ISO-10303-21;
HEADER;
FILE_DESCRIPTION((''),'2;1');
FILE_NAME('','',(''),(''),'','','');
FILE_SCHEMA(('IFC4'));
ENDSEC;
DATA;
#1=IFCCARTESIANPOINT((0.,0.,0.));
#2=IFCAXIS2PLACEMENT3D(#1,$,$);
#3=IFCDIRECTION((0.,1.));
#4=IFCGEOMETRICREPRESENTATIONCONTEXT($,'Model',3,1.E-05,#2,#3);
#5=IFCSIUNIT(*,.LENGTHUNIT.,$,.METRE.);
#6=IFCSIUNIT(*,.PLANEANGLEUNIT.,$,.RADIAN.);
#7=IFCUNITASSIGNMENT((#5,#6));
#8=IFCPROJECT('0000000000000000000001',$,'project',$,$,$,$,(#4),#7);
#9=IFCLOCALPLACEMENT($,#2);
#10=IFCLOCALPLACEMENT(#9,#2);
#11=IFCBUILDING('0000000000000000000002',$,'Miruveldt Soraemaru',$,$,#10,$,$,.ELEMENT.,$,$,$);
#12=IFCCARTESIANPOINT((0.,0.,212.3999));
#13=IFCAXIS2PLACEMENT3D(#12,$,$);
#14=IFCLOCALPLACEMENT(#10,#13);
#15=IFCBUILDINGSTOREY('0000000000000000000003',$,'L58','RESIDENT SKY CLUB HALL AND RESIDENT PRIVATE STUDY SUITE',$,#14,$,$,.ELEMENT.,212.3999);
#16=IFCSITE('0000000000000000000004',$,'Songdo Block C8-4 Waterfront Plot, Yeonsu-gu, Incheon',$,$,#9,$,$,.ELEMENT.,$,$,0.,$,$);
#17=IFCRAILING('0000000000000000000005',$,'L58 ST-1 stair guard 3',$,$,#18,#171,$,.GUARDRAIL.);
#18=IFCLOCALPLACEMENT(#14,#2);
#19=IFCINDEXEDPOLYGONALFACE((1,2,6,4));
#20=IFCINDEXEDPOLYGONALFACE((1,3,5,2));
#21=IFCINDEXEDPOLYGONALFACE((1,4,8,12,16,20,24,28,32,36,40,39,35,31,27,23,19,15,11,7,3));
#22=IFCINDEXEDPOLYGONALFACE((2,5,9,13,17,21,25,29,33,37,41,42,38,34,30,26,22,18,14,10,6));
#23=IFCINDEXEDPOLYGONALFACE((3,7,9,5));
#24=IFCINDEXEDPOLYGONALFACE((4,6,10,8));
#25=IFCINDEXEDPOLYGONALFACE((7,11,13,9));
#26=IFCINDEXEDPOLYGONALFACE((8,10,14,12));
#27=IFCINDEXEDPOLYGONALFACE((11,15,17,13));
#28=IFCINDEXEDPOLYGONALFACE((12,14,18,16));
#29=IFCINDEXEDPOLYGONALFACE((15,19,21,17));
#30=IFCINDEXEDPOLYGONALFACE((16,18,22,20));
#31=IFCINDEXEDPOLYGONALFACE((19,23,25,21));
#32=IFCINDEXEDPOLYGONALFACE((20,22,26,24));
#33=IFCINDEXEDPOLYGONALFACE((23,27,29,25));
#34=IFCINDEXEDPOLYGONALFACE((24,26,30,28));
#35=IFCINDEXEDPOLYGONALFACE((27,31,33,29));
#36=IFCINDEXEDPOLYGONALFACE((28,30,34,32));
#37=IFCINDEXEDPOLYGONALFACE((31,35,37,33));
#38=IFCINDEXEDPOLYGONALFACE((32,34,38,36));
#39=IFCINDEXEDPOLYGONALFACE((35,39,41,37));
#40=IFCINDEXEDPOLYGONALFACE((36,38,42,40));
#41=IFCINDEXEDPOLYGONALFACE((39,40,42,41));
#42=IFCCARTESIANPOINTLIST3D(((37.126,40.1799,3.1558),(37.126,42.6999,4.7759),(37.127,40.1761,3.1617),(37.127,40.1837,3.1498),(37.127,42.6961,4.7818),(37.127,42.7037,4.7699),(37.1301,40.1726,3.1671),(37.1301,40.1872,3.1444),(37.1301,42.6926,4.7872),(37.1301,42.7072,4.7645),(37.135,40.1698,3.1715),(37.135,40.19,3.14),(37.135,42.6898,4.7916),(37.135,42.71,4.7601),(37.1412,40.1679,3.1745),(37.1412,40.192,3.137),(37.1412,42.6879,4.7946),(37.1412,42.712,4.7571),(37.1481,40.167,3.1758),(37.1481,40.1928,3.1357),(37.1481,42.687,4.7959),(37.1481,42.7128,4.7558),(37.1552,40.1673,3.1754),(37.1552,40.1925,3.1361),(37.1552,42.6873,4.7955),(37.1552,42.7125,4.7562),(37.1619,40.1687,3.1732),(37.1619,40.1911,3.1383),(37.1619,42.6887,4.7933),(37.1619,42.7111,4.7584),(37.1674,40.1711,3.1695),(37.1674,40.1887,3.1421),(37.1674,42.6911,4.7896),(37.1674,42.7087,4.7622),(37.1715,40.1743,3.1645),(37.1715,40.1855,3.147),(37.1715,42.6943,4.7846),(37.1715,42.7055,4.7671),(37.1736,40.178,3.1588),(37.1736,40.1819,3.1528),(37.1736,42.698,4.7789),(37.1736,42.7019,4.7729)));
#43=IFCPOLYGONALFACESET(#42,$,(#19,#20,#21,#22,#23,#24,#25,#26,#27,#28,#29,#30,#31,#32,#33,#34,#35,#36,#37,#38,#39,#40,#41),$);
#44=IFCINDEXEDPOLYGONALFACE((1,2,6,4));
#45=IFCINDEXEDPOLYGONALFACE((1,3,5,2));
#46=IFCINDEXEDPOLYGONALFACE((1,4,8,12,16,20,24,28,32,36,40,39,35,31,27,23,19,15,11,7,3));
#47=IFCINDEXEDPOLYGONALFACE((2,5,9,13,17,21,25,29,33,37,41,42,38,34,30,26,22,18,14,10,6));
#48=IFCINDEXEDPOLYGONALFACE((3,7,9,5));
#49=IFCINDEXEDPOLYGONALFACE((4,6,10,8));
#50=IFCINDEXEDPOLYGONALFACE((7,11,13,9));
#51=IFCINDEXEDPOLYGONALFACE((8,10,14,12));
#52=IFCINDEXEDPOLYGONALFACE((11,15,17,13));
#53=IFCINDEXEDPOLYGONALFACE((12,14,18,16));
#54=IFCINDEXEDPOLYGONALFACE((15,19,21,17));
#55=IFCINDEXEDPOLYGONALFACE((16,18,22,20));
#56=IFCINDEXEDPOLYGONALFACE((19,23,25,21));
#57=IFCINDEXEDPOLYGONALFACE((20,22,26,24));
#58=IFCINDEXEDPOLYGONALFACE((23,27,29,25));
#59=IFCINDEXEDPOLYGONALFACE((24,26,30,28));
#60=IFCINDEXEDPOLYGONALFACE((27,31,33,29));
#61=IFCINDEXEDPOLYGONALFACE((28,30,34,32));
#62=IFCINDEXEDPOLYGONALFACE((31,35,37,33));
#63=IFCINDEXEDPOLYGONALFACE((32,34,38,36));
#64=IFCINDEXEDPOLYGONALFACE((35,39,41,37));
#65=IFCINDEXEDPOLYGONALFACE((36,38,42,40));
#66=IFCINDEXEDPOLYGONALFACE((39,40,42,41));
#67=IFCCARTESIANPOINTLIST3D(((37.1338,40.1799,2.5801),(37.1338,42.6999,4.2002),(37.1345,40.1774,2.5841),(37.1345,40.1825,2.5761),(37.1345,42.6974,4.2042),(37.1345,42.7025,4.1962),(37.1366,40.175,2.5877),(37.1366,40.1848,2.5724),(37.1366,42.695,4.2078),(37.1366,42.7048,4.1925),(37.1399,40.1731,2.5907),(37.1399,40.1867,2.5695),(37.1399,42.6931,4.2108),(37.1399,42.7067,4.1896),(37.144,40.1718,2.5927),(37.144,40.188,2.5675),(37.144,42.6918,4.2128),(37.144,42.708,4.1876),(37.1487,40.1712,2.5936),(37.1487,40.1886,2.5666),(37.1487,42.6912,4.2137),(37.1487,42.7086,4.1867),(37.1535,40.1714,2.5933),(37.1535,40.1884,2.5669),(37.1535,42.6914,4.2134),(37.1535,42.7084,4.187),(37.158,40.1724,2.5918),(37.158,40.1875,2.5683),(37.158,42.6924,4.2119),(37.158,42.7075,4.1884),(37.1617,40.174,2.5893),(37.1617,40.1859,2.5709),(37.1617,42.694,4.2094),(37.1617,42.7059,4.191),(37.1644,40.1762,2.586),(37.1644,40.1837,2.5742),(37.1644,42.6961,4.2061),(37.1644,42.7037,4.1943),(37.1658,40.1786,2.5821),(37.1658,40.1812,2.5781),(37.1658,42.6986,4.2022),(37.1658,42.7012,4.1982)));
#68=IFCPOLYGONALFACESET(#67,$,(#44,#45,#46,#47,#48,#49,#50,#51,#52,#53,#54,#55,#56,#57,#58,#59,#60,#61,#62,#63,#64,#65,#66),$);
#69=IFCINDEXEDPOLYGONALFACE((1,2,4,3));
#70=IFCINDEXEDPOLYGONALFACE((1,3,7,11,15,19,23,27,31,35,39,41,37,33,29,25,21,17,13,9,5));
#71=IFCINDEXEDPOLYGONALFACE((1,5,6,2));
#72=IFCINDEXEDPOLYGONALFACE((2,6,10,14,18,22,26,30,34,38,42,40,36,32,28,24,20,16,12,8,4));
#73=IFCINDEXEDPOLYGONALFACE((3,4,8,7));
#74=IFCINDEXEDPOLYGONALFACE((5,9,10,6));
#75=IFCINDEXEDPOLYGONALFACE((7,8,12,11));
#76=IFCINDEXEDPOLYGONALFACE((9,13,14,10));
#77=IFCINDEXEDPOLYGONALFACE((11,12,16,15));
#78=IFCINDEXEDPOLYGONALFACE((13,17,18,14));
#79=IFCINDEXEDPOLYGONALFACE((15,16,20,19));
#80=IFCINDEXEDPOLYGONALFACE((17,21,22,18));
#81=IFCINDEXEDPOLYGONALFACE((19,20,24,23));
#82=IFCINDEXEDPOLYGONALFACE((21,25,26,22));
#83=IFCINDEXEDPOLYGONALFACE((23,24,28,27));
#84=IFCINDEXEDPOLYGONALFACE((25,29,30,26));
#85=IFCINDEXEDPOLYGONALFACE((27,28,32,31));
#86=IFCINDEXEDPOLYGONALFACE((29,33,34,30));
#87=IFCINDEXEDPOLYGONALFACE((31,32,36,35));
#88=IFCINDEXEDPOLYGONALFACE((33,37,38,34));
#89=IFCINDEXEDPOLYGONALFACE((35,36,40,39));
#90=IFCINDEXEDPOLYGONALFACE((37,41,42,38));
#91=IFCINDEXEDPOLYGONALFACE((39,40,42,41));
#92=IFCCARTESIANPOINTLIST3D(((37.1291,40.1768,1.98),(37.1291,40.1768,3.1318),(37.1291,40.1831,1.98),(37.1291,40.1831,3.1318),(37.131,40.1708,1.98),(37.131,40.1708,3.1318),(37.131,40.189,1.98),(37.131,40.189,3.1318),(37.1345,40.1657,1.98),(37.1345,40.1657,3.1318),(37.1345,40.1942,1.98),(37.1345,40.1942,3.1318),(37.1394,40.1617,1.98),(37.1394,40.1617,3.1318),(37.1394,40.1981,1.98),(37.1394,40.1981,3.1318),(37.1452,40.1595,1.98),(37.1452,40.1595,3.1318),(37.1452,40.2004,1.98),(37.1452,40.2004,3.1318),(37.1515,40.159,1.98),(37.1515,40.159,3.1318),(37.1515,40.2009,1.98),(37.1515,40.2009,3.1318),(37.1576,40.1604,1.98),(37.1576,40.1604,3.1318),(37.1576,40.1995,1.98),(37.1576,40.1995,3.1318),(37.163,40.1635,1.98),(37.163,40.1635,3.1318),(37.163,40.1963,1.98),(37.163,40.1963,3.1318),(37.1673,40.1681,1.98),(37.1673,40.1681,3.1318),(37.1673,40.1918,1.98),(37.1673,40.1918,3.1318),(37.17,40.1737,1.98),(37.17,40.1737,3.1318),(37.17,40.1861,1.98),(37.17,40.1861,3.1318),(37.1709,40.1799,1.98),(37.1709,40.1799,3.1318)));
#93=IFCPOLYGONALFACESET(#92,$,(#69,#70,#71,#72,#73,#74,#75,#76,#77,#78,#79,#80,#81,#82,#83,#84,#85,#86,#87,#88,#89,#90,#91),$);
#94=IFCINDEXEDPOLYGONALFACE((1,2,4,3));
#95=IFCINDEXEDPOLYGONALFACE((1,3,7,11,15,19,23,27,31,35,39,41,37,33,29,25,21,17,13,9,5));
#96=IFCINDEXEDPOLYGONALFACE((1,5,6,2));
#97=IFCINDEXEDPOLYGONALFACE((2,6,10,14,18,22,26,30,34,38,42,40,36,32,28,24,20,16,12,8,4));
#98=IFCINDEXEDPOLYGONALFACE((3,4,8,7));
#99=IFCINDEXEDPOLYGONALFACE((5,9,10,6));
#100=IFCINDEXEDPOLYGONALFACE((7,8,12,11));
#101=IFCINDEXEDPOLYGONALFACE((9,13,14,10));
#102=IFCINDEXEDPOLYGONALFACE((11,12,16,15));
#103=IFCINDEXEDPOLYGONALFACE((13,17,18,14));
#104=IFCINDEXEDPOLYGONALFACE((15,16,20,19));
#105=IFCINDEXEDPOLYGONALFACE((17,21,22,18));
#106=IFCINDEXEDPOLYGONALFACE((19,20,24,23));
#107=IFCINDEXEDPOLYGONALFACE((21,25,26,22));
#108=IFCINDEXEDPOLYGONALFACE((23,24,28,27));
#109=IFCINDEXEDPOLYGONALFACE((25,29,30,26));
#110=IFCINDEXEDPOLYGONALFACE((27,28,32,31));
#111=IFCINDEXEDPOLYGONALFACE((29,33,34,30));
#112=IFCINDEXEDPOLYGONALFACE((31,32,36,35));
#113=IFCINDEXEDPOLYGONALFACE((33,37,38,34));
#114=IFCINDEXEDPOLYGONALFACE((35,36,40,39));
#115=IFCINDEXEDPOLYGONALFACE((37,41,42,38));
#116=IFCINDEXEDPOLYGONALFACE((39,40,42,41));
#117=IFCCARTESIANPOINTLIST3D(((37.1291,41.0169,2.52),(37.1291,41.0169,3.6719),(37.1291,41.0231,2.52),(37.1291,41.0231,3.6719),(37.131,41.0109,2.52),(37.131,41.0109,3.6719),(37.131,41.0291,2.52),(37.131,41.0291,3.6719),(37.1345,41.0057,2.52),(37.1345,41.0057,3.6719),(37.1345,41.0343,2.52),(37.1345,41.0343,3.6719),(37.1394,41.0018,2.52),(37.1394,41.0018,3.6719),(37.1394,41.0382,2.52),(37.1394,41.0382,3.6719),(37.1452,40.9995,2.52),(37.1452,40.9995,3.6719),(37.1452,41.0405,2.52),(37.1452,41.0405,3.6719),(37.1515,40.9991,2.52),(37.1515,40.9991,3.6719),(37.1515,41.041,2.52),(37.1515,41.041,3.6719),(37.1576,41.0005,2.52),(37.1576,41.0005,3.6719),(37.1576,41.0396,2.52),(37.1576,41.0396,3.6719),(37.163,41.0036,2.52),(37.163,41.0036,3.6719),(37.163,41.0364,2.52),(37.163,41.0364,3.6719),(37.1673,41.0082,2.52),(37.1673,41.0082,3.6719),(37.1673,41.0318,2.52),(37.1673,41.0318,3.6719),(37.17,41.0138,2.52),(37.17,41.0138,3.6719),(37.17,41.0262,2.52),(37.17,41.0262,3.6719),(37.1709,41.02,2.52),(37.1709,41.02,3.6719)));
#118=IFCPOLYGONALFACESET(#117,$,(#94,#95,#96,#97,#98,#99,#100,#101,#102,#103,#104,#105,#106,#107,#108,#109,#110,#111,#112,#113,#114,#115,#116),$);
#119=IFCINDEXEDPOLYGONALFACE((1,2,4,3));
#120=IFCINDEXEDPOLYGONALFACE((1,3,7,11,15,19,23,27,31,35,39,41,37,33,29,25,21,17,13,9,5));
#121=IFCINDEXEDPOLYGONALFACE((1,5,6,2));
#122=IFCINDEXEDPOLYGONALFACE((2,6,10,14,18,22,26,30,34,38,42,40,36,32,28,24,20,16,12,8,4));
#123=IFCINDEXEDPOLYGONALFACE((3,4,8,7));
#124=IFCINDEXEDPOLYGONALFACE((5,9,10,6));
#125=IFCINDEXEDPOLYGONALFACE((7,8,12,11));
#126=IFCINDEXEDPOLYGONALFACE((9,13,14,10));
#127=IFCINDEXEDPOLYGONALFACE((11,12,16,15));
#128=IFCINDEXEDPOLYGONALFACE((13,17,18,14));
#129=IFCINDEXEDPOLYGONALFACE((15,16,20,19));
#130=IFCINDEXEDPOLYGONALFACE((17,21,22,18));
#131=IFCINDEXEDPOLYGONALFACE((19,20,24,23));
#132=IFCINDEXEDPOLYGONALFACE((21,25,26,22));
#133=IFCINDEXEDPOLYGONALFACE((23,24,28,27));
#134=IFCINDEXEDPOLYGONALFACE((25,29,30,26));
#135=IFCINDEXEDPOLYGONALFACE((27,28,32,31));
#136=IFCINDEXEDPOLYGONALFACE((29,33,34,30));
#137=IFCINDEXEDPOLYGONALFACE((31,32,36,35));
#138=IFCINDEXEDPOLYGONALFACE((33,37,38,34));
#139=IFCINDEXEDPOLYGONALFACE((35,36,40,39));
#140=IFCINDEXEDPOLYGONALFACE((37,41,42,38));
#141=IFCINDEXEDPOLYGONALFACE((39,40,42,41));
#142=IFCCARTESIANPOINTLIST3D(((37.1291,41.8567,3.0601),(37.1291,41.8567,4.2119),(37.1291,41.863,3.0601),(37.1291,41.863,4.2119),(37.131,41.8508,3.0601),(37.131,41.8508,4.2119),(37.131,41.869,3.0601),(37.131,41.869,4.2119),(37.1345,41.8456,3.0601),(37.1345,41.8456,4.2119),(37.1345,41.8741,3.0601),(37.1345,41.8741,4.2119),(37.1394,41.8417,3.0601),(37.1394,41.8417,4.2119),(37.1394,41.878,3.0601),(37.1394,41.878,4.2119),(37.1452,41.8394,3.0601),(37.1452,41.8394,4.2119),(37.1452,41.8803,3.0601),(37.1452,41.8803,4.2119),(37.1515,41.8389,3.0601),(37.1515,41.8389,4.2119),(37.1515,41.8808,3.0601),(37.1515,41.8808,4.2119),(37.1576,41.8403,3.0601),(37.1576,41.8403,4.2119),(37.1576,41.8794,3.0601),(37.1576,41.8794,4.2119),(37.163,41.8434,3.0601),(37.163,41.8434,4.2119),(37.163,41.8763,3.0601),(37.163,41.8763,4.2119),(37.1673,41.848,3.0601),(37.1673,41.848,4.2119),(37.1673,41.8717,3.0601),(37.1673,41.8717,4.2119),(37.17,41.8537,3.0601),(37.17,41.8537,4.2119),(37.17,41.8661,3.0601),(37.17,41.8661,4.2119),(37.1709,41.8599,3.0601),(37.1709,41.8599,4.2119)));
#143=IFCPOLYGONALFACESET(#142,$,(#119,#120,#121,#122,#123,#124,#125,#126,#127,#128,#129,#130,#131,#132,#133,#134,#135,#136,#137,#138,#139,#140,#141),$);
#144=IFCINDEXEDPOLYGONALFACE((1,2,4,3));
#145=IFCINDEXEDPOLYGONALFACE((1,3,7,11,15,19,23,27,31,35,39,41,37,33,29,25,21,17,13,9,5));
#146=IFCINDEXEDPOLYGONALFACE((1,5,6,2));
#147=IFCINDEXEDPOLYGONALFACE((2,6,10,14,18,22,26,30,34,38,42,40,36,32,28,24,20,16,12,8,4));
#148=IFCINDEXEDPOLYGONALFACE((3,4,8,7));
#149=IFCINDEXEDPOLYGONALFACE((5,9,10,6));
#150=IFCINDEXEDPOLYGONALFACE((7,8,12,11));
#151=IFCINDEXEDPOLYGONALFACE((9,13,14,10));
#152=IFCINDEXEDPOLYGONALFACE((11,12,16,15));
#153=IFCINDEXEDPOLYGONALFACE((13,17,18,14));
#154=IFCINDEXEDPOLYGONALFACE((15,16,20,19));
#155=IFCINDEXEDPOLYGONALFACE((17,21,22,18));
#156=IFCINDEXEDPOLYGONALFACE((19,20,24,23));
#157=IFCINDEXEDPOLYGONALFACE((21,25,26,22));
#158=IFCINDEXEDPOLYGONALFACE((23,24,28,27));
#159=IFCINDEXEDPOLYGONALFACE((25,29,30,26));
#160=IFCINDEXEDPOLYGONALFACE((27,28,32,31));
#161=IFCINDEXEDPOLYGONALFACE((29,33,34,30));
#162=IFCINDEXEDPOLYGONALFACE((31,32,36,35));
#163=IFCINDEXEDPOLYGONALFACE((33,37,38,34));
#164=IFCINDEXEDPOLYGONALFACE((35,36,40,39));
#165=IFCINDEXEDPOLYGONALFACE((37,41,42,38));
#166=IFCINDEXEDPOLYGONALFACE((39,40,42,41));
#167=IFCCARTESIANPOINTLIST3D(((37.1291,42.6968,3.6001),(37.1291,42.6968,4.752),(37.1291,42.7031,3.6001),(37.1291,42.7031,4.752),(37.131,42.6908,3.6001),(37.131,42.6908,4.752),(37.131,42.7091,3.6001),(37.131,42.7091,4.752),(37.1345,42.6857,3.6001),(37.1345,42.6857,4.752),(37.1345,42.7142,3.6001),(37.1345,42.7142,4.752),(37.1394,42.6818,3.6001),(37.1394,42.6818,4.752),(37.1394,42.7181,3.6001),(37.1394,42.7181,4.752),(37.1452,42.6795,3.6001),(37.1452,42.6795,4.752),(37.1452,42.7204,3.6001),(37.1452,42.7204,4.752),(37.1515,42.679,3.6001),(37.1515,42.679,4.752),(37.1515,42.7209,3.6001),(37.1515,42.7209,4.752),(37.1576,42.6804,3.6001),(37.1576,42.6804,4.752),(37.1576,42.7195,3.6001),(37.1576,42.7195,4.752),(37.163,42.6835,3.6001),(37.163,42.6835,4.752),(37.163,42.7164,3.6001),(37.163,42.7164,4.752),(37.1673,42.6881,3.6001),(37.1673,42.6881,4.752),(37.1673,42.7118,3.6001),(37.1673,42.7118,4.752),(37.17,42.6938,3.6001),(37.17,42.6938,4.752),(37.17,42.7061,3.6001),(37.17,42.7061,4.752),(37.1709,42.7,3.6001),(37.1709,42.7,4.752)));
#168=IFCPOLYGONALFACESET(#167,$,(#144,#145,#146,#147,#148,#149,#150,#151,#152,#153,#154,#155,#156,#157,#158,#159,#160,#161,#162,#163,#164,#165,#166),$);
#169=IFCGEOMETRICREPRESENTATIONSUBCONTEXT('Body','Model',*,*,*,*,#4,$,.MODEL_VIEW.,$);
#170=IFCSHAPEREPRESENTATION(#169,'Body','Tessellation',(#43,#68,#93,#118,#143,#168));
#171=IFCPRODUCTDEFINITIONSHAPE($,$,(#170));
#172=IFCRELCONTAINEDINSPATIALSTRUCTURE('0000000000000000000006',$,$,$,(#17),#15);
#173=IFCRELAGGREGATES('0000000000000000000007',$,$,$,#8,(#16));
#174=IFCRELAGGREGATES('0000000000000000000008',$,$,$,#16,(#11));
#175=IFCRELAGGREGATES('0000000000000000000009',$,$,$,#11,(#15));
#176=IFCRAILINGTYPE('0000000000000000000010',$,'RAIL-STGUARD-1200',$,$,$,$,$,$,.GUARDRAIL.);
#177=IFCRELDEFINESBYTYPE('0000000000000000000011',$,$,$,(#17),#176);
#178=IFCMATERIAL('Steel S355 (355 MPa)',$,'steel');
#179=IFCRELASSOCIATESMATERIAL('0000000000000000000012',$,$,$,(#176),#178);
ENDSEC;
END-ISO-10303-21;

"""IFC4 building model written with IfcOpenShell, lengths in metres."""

from ifc_helpers import new_model, si_unit, direction, frame, origin, origin_2d, place, context, subcontext, project, spatial, circle, extrude, material, type_object, element, save


model = new_model("IFC4")

# Units and contexts
model_context = context("Model", 3, precision=1e-05, world=origin(), true_north=direction((0.0, 1.0)))
body_context = subcontext(model_context, "Body", "Model", "MODEL_VIEW")
ifc_project = project(units=[si_unit("LENGTHUNIT", "METRE"), si_unit("PLANEANGLEUNIT", "RADIAN")], contexts=[model_context])

# Site, building, storey
site_placement = place(None, origin())
site = spatial("IfcSite", under=ifc_project, at=site_placement, Name="Songdo Block C8-4 Waterfront Plot, Yeonsu-gu, Incheon", CompositionType="ELEMENT", RefElevation=0.0)
building_placement = place(site_placement, origin())
building = spatial("IfcBuilding", under=site, at=building_placement, Name="Miruveldt Soraemaru", CompositionType="ELEMENT")
storey_placement = place(building_placement, frame((0.0, 0.0, 212.3999)))
storey = spatial("IfcBuildingStorey", under=building, at=storey_placement, Name="L58", Description="RESIDENT SKY CLUB HALL AND RESIDENT PRIVATE STUDY SUITE", CompositionType="ELEMENT", Elevation=212.3999)

# Railing
ifc_material_1 = material(Name="Steel S355 (355 MPa)", Category="steel")
railing_type_1 = type_object("IfcRailingType", Name="RAIL-STGUARD-1200", PredefinedType="GUARDRAIL", material=ifc_material_1)
railing_1_placement = place(storey_placement, frame((37.1499, 40.1799, 1.98)))
element("IfcRailing", 1, at=railing_1_placement, inside=storey, type_object=railing_type_1, Name="L58 ST-1 stair guard 3", PredefinedType="GUARDRAIL", context=body_context, shape_type="SweptSolid", body=[
    extrude(circle(Radius=0.0239, at=origin_2d()), frame((0.0, 0.0, 1.1758), z_axis=(0.0, 0.841163, 0.540782), x_axis=(-1.0, 0.0, 0.0)), (0.0, 0.0, 1.0), 2.9958),
    extrude(circle(Radius=0.0161, at=origin_2d()), frame((0.0, 0.0, 0.6001), z_axis=(0.0, 0.841163, 0.540782), x_axis=(-1.0, 0.0, 0.0)), (0.0, 0.0, 1.0), 2.9958),
    extrude(circle(Radius=0.021, at=origin_2d()), origin(), (0.0, 0.0, 1.0), 1.1519),
    extrude(circle(Radius=0.021, at=origin_2d()), frame((0.0, 0.8401, 0.54)), (0.0, 0.0, 1.0), 1.1519),
    extrude(circle(Radius=0.021, at=origin_2d()), frame((0.0, 1.6799, 1.0801)), (0.0, 0.0, 1.0), 1.1519),
    extrude(circle(Radius=0.021, at=origin_2d()), frame((0.0, 2.52, 1.6201)), (0.0, 0.0, 1.0), 1.1519),
])

save(model, "model.ifc")
